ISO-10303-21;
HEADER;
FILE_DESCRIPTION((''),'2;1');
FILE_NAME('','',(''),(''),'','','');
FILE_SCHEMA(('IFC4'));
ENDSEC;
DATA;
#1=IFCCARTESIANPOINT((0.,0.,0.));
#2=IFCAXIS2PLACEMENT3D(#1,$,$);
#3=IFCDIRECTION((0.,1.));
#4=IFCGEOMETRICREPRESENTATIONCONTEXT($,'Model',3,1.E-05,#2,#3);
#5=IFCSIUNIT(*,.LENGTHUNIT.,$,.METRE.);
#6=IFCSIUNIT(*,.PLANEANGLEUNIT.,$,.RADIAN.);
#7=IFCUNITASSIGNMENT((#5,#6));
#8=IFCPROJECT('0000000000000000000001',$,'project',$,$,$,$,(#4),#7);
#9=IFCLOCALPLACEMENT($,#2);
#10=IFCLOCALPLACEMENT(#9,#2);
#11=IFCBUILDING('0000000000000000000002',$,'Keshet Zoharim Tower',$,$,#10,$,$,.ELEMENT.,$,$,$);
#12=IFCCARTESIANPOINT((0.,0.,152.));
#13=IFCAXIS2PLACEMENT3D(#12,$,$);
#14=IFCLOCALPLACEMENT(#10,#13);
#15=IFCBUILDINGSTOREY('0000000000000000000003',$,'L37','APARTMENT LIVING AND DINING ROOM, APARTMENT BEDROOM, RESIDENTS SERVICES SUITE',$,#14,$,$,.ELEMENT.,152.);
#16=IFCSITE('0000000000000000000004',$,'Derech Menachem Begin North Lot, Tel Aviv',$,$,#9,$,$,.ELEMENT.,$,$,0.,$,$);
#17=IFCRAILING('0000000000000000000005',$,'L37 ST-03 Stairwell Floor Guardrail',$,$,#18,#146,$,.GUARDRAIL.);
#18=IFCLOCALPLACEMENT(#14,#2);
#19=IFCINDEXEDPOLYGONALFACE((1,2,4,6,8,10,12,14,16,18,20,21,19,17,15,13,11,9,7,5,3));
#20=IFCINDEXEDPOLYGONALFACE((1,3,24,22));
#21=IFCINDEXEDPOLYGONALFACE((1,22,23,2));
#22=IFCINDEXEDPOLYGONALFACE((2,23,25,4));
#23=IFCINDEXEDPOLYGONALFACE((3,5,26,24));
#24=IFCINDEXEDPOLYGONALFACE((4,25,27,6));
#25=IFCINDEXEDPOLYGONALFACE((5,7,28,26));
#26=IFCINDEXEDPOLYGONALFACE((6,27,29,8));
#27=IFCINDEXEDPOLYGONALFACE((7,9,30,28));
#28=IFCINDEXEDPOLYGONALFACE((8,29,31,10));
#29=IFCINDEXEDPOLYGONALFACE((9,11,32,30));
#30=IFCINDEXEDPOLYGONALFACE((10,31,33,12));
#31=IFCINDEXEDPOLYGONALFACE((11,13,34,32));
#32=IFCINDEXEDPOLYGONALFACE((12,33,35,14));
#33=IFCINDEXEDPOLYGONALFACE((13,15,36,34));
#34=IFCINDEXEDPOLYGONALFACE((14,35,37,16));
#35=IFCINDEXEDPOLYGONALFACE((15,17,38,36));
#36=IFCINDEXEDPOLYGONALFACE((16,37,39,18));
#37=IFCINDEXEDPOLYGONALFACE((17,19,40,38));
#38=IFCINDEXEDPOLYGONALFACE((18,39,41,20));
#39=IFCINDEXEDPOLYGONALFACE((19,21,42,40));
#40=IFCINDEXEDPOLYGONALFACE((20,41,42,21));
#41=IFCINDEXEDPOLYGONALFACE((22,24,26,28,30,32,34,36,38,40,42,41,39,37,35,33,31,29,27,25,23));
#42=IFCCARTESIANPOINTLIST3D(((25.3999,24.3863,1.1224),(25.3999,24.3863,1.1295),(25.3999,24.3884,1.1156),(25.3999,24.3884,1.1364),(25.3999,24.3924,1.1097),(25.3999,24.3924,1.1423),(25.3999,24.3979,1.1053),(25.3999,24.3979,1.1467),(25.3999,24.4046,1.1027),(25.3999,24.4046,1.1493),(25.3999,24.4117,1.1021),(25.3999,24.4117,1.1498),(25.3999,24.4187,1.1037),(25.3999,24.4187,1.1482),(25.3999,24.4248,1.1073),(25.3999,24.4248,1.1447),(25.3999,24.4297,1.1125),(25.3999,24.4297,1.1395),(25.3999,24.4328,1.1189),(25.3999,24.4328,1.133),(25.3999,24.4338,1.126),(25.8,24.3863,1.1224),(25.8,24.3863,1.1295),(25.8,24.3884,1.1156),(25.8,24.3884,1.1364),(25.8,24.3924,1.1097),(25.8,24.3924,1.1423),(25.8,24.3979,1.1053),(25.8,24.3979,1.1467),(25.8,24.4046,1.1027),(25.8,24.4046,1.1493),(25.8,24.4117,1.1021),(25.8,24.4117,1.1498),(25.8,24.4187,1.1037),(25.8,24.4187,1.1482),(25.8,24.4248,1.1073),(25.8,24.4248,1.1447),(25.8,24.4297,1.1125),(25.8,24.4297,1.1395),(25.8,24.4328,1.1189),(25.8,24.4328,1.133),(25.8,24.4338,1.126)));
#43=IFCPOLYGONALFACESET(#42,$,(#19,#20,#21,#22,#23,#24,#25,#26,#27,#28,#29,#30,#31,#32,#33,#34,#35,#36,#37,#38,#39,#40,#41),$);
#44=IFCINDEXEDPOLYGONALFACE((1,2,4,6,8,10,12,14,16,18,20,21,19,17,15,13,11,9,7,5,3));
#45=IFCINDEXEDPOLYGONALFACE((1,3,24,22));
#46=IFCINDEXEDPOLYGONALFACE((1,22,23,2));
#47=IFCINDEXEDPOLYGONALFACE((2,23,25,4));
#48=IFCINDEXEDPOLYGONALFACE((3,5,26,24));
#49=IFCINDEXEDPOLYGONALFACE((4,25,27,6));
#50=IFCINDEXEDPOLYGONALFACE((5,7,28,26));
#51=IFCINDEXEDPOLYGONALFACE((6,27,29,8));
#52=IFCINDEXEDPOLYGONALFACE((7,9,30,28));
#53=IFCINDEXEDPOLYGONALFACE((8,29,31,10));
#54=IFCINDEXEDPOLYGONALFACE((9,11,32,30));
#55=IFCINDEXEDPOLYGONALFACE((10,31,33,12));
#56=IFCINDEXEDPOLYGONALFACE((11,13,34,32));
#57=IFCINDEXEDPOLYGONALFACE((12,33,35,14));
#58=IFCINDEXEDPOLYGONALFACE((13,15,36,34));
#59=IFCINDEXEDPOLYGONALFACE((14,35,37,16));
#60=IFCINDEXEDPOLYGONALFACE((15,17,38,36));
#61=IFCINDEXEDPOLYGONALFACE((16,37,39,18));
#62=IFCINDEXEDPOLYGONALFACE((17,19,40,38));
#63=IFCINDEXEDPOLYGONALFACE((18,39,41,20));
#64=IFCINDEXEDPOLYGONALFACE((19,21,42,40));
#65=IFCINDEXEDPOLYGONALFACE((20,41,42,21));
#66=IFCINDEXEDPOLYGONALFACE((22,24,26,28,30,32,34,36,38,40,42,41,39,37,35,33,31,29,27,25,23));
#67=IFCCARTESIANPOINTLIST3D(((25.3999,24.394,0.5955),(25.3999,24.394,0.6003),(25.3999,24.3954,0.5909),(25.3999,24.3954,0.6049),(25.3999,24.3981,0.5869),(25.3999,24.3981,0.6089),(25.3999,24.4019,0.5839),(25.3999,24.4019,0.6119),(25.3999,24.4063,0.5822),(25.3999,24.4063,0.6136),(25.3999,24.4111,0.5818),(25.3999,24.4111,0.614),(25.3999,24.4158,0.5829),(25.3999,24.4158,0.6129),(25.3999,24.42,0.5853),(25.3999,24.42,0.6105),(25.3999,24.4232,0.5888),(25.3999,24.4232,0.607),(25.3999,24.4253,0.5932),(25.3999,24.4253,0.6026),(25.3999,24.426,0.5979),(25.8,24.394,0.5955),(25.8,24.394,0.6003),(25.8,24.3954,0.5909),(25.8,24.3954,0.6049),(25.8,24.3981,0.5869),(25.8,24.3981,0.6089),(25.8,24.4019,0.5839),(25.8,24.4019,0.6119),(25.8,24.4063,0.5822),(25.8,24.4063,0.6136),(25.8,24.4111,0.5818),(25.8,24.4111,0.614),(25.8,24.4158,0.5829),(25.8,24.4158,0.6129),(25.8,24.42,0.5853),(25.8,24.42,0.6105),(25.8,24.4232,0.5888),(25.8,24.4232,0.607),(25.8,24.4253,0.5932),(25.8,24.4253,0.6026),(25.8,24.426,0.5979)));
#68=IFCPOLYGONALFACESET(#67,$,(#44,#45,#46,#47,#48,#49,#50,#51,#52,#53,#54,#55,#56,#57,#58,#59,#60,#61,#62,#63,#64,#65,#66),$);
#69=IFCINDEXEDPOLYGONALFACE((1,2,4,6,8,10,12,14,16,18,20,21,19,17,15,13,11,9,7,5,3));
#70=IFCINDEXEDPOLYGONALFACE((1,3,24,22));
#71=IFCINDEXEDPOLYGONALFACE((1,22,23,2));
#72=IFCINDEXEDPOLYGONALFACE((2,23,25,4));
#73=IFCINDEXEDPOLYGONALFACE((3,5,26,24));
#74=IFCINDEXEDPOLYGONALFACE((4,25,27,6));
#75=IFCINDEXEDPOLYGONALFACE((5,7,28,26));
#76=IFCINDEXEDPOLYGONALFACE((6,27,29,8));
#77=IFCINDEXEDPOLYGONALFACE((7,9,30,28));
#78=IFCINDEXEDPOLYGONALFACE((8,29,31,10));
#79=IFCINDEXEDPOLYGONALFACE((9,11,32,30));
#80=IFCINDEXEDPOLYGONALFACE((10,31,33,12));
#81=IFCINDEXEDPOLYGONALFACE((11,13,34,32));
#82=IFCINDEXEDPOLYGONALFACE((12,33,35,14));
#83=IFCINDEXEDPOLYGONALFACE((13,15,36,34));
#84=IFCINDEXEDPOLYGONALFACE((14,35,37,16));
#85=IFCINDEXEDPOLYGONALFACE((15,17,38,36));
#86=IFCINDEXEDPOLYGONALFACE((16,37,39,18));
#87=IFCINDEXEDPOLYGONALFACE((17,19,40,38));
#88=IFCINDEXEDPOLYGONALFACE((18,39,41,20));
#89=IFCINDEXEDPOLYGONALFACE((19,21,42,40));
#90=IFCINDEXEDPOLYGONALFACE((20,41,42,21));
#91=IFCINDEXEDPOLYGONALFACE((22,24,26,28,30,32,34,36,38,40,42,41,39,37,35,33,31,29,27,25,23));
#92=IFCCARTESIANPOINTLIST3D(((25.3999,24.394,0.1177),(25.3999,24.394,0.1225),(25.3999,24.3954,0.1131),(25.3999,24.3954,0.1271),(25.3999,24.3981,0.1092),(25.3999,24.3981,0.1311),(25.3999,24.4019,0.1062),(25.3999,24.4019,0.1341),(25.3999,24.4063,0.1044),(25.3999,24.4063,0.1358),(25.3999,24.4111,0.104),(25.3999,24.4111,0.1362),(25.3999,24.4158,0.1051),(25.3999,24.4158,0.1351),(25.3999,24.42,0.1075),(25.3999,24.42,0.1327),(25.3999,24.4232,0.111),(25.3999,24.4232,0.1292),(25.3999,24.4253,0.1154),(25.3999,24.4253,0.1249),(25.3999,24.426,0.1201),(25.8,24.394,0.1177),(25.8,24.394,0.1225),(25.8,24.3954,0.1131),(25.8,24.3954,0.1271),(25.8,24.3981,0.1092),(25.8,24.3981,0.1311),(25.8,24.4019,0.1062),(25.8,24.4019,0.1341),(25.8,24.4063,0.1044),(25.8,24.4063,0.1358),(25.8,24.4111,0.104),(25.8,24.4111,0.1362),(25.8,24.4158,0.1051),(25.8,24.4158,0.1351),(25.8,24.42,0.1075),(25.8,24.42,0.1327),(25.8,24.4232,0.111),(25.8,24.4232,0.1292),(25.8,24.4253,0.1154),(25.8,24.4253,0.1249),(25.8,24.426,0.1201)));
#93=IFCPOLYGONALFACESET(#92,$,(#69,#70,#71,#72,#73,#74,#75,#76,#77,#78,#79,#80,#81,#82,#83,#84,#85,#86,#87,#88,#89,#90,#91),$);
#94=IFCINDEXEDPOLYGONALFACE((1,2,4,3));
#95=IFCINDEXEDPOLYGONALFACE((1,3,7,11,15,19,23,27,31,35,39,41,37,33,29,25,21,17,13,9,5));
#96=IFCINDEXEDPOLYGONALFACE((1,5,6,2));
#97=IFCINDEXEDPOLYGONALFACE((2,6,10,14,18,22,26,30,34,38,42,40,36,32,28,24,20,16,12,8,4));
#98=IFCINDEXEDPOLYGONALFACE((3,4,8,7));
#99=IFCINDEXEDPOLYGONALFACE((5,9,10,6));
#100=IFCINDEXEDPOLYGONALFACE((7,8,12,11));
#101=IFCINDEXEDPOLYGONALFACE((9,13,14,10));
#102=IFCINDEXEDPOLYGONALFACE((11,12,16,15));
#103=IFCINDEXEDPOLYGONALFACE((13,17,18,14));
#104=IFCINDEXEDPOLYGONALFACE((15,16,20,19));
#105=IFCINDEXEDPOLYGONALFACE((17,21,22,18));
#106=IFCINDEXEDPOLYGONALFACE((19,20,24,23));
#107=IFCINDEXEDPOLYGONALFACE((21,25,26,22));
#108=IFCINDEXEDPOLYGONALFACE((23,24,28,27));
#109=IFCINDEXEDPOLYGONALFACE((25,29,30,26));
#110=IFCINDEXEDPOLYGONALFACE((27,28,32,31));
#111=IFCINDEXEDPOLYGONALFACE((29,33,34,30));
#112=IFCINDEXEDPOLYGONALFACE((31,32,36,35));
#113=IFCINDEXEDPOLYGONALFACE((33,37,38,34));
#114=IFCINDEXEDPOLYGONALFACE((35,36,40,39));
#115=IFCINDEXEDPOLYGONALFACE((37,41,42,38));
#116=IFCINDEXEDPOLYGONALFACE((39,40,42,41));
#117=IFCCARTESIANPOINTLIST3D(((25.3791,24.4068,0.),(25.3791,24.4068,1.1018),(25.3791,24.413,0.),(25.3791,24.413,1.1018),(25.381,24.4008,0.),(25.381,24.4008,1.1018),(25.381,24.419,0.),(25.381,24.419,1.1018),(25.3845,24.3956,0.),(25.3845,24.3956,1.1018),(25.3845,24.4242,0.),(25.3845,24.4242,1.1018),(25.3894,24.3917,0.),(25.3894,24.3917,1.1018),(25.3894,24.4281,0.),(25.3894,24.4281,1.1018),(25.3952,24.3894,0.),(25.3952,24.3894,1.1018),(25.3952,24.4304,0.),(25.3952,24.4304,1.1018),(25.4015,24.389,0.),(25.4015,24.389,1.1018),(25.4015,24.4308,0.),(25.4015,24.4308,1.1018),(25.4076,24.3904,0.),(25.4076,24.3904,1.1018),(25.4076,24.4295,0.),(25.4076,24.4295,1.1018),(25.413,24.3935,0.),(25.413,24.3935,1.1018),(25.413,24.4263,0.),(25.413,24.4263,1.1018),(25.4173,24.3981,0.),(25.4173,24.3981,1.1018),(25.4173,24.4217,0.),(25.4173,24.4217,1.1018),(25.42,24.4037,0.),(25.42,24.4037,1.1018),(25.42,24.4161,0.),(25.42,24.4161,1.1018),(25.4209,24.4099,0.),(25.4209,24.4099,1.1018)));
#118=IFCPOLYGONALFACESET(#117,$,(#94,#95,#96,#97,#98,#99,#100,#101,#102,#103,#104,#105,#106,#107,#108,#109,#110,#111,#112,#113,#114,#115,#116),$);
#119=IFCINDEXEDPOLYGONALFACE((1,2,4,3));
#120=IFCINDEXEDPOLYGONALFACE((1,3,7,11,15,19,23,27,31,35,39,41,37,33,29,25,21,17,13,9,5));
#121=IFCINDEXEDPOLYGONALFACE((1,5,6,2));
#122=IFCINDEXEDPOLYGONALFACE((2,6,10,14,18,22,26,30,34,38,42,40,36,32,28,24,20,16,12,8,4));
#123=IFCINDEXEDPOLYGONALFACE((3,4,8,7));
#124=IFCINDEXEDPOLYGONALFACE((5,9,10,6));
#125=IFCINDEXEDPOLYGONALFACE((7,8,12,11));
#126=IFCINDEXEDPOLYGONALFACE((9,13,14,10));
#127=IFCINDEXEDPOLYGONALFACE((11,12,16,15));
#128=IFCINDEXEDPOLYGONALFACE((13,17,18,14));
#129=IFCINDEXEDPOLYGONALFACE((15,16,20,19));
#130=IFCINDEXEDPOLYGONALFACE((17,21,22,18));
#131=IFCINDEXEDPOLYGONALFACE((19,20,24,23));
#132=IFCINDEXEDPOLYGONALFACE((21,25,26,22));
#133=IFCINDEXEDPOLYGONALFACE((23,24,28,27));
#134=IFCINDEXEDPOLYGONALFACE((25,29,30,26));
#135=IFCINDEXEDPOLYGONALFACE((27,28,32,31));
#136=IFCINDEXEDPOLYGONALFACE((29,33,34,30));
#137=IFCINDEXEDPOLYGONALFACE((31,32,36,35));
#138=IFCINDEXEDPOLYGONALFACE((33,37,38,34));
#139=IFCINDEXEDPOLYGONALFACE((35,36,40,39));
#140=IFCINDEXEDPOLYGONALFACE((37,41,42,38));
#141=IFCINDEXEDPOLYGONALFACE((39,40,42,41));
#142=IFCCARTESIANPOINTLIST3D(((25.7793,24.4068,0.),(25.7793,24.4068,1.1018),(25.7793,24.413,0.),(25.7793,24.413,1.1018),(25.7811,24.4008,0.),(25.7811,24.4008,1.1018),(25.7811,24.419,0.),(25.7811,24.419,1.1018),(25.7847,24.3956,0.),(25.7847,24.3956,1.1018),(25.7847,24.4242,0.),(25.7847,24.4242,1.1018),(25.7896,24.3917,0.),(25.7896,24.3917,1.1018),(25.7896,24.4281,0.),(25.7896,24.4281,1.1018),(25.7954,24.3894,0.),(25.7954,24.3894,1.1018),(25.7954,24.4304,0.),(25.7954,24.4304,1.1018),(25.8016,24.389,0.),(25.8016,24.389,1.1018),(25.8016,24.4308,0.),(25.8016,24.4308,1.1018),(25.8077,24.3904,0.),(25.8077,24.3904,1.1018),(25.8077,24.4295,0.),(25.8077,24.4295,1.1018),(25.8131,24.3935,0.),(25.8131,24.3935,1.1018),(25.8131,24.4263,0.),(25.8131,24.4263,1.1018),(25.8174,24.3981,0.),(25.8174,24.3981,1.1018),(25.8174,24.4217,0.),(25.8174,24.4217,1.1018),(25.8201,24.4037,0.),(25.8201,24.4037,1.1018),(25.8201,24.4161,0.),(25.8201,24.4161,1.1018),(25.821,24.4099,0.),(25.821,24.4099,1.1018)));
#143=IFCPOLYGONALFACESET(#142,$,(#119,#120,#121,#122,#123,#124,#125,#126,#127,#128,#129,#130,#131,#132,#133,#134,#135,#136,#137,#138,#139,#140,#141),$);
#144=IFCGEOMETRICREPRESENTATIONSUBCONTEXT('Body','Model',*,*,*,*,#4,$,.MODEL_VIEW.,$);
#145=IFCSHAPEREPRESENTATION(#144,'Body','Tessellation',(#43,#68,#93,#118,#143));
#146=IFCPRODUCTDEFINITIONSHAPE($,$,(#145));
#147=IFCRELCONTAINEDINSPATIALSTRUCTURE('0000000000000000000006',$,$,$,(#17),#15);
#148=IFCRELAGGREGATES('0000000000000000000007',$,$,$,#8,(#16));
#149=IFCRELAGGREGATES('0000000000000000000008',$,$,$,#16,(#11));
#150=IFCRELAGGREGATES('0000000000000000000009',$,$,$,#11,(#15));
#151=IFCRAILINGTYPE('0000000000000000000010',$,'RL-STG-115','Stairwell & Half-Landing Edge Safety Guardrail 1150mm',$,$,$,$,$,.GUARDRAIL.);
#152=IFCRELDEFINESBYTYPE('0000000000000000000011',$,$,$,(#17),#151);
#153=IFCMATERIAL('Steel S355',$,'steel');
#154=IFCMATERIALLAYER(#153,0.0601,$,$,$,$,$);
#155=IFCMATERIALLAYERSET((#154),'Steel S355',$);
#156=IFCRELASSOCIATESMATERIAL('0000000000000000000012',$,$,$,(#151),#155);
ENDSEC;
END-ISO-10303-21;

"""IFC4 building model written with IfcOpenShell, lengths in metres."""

from ifc_helpers import new_model, si_unit, direction, frame, origin, origin_2d, place, context, subcontext, project, spatial, circle, extrude, material, layer, layer_set, type_object, element, save


model = new_model("IFC4")

# Units and contexts
model_context = context("Model", 3, precision=1e-05, world=origin(), true_north=direction((0.0, 1.0)))
body_context = subcontext(model_context, "Body", "Model", "MODEL_VIEW")
ifc_project = project(units=[si_unit("LENGTHUNIT", "METRE"), si_unit("PLANEANGLEUNIT", "RADIAN")], contexts=[model_context])

# Site, building, storey
site_placement = place(None, origin())
site = spatial("IfcSite", under=ifc_project, at=site_placement, Name="Derech Menachem Begin North Lot, Tel Aviv", CompositionType="ELEMENT", RefElevation=0.0)
building_placement = place(site_placement, origin())
building = spatial("IfcBuilding", under=site, at=building_placement, Name="Keshet Zoharim Tower", CompositionType="ELEMENT")
storey_placement = place(building_placement, frame((0.0, 0.0, 152.0)))
storey = spatial("IfcBuildingStorey", under=building, at=storey_placement, Name="L37", Description="APARTMENT LIVING AND DINING ROOM, APARTMENT BEDROOM, RESIDENTS SERVICES SUITE", CompositionType="ELEMENT", Elevation=152.0)

# Shared definitions
ifc_material_1 = material(Name="Steel S355", Category="steel")

# Railing
ifc_layer_1 = layer(ifc_material_1, 0.0601)
ifc_layer_set_1 = layer_set([ifc_layer_1], Name="Steel S355")
railing_type_1 = type_object("IfcRailingType", Name="RL-STG-115", Description="Stairwell & Half-Landing Edge Safety Guardrail 1150mm", PredefinedType="GUARDRAIL", material=ifc_layer_set_1)
railing_1_placement = place(storey_placement, frame((25.3999, 24.4099, 0.0)))
element("IfcRailing", 1, at=railing_1_placement, inside=storey, type_object=railing_type_1, Name="L37 ST-03 Stairwell Floor Guardrail", PredefinedType="GUARDRAIL", context=body_context, shape_type="SweptSolid", body=[
    extrude(circle(Radius=0.0239, at=origin_2d()), frame((0.0, 0.0, 1.126), z_axis=(1.0, 0.0, 0.0), x_axis=(0.0, 1.0, 0.0)), (0.0, 0.0, 1.0), 0.4001),
    extrude(circle(Radius=0.0161, at=origin_2d()), frame((0.0, 0.0, 0.5979), z_axis=(1.0, 0.0, 0.0), x_axis=(0.0, 1.0, 0.0)), (0.0, 0.0, 1.0), 0.4001),
    extrude(circle(Radius=0.0161, at=origin_2d()), frame((0.0, 0.0, 0.1201), z_axis=(1.0, 0.0, 0.0), x_axis=(0.0, 1.0, 0.0)), (0.0, 0.0, 1.0), 0.4001),
    extrude(circle(Radius=0.021, at=origin_2d()), origin(), (0.0, 0.0, 1.0), 1.1018),
    extrude(circle(Radius=0.021, at=origin_2d()), frame((0.4001, 0.0, 0.0)), (0.0, 0.0, 1.0), 1.1018),
])

save(model, "model.ifc")
